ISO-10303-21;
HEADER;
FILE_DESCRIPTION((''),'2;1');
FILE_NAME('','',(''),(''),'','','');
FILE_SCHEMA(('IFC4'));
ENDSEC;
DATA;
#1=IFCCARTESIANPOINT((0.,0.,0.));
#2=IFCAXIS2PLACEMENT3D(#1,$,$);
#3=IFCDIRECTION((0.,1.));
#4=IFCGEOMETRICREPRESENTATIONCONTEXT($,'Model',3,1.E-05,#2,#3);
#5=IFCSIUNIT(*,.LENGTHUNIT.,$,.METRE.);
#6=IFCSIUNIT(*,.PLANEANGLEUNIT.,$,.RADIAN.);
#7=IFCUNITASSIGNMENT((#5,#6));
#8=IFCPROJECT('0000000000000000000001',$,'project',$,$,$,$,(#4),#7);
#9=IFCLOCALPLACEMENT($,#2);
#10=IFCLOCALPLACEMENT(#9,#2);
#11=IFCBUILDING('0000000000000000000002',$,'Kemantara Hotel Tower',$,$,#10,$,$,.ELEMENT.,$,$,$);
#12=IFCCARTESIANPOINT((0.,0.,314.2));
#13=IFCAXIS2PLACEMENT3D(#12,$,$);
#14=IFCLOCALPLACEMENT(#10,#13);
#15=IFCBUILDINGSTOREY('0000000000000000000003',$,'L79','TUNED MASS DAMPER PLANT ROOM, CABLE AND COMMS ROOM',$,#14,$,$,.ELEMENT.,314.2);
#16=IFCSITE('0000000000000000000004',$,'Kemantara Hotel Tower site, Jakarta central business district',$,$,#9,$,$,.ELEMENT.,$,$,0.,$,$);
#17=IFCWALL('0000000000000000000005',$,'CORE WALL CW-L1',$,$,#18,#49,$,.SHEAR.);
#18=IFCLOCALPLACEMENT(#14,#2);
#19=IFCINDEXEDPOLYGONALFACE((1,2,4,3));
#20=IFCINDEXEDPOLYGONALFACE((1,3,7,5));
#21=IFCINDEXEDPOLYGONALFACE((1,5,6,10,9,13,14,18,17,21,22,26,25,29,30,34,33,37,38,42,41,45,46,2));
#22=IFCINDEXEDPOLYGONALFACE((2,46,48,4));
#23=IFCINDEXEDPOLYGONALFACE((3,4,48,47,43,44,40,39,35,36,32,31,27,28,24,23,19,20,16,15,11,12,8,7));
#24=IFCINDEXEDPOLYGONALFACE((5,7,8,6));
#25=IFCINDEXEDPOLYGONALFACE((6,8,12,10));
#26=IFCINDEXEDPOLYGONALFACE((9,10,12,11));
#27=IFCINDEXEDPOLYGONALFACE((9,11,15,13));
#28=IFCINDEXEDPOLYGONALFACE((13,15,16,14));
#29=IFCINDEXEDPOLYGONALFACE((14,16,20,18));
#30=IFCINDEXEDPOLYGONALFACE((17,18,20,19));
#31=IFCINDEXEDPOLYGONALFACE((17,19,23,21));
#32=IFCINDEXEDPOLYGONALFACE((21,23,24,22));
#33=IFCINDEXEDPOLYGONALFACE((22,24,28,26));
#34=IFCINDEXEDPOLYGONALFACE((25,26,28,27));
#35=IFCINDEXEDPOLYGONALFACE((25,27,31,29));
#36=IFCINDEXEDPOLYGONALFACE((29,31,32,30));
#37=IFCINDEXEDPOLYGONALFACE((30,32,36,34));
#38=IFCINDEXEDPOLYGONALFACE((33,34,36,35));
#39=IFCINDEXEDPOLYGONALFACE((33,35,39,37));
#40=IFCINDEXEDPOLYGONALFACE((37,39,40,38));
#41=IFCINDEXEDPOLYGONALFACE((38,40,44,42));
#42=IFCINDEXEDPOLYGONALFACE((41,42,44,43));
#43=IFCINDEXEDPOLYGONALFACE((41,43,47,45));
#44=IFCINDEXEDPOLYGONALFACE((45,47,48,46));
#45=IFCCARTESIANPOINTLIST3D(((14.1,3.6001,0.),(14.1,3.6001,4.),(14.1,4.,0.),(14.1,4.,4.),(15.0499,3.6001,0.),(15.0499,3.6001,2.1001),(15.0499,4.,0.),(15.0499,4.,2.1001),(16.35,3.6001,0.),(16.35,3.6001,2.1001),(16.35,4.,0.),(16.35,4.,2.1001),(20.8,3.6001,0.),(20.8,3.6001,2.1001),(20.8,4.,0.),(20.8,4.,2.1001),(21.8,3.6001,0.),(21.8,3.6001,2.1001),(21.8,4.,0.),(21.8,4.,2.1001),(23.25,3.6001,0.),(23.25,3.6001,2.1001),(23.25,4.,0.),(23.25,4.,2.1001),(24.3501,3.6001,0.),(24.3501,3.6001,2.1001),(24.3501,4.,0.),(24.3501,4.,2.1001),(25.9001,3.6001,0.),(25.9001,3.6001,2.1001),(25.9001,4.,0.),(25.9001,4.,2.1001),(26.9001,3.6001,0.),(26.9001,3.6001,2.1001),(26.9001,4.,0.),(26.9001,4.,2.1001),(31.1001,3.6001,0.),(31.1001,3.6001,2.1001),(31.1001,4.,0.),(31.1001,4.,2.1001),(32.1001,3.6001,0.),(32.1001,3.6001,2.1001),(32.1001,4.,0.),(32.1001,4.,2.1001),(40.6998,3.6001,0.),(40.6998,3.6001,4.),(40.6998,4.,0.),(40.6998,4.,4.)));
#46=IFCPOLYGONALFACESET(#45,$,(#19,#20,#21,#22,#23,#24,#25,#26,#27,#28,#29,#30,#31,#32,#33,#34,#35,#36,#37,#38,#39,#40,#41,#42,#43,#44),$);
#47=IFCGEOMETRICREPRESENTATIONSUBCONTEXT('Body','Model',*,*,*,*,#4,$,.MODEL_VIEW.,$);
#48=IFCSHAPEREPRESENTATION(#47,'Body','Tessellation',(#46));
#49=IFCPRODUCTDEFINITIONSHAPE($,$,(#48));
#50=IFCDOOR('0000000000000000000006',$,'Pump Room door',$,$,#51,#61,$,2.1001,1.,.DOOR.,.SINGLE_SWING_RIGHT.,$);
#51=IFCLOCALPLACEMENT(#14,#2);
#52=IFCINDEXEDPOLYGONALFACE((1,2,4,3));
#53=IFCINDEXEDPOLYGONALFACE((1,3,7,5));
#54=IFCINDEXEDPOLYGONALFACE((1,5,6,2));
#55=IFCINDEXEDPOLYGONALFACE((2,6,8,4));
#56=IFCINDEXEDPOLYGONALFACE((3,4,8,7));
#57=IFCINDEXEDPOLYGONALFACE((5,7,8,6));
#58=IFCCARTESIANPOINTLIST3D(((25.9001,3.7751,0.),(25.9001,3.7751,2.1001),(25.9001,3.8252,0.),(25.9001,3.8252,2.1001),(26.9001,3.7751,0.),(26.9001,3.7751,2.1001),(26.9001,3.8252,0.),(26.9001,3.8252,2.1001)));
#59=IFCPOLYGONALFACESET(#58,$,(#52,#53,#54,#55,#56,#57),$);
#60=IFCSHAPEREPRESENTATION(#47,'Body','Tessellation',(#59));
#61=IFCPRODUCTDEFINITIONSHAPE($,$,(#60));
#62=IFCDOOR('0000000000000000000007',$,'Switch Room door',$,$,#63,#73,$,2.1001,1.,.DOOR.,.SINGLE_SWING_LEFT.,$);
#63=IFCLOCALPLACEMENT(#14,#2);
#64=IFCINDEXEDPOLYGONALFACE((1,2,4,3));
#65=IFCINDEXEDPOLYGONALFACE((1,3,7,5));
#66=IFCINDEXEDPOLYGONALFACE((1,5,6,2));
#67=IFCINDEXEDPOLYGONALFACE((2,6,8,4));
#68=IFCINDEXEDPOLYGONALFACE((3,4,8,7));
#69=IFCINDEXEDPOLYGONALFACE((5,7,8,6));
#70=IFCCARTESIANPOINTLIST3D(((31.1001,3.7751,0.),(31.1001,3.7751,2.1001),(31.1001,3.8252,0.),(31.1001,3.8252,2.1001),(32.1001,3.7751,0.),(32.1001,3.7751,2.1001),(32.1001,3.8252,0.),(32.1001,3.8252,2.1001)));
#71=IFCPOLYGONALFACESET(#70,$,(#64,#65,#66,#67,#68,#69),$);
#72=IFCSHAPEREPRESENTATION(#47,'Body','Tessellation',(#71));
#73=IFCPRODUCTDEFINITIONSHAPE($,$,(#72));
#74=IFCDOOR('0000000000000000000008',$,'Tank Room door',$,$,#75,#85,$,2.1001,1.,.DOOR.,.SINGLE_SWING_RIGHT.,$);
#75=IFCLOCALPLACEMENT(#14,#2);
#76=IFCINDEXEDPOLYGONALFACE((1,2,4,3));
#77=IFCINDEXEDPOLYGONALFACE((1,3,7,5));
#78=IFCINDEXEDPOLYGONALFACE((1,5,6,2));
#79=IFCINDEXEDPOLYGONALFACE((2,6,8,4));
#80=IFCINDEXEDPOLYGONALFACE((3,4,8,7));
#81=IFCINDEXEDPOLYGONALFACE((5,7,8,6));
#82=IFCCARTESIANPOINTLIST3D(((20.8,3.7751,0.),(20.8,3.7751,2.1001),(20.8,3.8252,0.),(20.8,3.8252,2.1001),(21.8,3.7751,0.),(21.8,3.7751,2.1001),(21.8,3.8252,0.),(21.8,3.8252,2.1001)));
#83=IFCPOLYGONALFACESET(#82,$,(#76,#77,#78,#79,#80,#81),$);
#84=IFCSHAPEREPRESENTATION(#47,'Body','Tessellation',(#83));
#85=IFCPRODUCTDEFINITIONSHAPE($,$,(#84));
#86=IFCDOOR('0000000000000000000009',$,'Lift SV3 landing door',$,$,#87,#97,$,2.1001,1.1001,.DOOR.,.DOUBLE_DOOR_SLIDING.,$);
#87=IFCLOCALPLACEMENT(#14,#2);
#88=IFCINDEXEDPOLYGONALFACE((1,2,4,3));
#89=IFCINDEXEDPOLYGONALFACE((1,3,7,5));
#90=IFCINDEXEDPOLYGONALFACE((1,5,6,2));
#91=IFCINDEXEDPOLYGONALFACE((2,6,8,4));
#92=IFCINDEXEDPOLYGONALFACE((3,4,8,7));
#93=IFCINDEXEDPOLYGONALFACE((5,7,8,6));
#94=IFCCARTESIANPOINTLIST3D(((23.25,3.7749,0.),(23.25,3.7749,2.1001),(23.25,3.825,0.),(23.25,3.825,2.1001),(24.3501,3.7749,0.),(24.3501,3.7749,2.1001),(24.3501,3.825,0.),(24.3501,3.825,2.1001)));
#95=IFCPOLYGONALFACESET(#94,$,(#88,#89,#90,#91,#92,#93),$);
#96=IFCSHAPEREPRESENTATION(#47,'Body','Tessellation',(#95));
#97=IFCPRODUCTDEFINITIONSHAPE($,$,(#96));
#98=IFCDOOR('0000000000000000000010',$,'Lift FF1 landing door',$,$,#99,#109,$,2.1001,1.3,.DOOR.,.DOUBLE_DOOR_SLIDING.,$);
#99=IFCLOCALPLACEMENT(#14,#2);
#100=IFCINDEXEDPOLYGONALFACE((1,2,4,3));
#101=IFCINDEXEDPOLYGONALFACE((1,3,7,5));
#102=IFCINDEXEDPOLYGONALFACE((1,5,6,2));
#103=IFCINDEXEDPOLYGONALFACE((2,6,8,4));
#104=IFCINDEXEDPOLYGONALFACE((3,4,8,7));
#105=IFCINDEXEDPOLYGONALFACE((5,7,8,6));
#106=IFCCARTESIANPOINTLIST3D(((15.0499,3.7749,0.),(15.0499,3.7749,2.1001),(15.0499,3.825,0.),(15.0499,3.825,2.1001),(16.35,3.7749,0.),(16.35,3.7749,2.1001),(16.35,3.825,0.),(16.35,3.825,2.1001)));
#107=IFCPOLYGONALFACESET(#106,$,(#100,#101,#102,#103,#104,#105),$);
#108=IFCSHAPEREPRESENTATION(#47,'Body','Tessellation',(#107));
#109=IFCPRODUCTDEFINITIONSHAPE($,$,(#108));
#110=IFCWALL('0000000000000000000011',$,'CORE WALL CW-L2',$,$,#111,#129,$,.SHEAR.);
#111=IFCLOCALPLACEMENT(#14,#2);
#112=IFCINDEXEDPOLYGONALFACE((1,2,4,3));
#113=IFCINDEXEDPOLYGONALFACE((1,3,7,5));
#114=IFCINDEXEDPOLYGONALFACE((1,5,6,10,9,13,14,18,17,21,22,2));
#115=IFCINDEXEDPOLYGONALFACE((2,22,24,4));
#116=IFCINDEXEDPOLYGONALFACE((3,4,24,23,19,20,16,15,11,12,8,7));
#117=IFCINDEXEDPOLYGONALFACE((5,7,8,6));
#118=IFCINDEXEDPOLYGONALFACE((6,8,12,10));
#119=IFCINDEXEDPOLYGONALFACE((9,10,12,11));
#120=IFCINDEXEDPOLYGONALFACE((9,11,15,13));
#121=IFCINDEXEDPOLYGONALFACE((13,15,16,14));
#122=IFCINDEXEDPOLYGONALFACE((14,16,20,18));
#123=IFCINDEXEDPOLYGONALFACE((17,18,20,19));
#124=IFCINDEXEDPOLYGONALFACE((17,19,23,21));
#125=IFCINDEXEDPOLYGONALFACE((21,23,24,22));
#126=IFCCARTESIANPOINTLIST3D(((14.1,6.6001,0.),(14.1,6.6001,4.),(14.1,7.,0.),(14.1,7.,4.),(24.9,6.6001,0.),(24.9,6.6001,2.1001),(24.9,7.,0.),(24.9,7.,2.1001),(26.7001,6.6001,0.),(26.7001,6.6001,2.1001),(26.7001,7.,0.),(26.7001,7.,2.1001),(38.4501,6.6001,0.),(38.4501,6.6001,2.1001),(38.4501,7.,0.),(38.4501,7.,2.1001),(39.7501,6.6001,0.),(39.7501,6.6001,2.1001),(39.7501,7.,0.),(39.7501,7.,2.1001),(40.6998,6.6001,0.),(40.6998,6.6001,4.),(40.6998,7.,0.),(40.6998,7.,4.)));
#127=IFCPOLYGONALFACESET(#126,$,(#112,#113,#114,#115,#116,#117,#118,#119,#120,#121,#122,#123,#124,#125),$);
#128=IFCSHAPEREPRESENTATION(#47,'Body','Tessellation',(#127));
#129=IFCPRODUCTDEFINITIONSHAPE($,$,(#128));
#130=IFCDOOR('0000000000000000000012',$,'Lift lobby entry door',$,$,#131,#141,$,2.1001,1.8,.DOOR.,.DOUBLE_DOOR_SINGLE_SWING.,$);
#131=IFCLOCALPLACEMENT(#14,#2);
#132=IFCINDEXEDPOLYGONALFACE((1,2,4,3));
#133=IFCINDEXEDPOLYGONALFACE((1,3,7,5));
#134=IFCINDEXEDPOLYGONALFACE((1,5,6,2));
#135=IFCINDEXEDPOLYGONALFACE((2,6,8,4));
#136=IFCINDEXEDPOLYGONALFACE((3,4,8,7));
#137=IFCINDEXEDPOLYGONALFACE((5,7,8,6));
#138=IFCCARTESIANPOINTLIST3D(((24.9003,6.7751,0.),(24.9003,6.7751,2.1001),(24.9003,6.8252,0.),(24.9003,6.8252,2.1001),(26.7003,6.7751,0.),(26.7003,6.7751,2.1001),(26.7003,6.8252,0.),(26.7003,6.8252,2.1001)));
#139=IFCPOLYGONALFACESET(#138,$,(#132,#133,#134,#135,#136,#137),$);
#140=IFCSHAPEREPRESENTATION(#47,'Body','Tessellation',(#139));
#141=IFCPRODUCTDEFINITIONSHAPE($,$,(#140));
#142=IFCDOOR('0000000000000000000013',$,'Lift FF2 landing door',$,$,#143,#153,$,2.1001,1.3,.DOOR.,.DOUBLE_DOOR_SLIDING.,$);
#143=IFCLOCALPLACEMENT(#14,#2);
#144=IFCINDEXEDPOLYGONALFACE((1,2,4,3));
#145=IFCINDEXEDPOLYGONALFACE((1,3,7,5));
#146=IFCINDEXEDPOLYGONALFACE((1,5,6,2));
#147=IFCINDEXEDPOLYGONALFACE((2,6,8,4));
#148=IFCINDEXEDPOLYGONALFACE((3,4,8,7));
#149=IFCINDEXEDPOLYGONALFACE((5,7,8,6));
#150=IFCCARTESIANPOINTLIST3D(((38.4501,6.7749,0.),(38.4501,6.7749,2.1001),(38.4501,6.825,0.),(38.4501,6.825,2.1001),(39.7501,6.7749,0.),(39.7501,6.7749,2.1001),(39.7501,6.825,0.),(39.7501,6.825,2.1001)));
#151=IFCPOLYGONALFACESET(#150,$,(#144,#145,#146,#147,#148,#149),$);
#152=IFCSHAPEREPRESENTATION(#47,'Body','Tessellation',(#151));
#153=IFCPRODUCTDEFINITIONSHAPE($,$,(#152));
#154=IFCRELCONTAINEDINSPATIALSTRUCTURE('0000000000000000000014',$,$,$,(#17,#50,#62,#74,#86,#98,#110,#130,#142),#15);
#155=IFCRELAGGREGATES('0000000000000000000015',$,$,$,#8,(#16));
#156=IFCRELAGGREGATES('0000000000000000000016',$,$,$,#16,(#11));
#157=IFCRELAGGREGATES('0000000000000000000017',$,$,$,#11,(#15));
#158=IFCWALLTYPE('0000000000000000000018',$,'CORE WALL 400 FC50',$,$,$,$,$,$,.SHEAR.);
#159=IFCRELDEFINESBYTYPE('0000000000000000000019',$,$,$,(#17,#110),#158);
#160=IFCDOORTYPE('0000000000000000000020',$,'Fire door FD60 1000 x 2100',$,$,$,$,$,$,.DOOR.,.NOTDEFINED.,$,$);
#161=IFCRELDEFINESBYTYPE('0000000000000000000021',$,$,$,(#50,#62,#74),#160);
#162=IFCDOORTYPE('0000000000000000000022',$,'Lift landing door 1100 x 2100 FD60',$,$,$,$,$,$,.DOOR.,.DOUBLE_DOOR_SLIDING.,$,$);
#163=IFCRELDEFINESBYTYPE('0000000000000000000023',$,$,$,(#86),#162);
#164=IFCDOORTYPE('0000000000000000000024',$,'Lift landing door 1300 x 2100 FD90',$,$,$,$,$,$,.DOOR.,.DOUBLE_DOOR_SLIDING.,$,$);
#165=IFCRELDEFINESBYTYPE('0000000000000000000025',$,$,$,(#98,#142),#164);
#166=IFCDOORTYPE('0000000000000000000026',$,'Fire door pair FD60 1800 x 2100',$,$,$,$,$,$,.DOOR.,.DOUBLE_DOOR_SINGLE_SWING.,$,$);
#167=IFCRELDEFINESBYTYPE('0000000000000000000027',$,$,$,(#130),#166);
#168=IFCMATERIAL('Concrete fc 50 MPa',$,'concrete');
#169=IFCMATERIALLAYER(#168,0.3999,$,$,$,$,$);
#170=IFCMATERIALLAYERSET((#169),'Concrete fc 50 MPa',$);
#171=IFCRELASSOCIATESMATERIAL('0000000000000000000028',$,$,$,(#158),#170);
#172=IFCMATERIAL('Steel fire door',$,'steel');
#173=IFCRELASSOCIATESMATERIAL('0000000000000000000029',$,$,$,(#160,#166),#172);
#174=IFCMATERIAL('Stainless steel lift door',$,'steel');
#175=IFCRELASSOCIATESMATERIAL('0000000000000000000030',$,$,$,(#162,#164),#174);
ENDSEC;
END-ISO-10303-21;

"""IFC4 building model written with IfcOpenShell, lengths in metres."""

from ifc_helpers import new_model, si_unit, direction, frame, frame_2d, origin, place, context, subcontext, project, spatial, rectangle, extrude, material, layer, layer_set, type_object, element, fill, save


model = new_model("IFC4")

# Units and contexts
model_context = context("Model", 3, precision=1e-05, world=origin(), true_north=direction((0.0, 1.0)))
body_context = subcontext(model_context, "Body", "Model", "MODEL_VIEW")
ifc_project = project(units=[si_unit("LENGTHUNIT", "METRE"), si_unit("PLANEANGLEUNIT", "RADIAN")], contexts=[model_context])

# Site, building, storey
site_placement = place(None, origin())
site = spatial("IfcSite", under=ifc_project, at=site_placement, Name="Kemantara Hotel Tower site, Jakarta central business district", CompositionType="ELEMENT", RefElevation=0.0)
building_placement = place(site_placement, origin())
building = spatial("IfcBuilding", under=site, at=building_placement, Name="Kemantara Hotel Tower", CompositionType="ELEMENT")
storey_placement = place(building_placement, frame((0.0, 0.0, 314.2)))
storey = spatial("IfcBuildingStorey", under=building, at=storey_placement, Name="L79", Description="TUNED MASS DAMPER PLANT ROOM, CABLE AND COMMS ROOM", CompositionType="ELEMENT", Elevation=314.2)

# Shared definitions
ifc_material_1 = material(Name="Concrete fc 50 MPa", Category="concrete")

# Walls, openings, doors
ifc_layer_1 = layer(ifc_material_1, 0.3999)
ifc_layer_set_1 = layer_set([ifc_layer_1], Name="Concrete fc 50 MPa")
wall_type_1 = type_object("IfcWallType", Name="CORE WALL 400 FC50", PredefinedType="SHEAR", material=ifc_layer_set_1)
ifc_material_2 = material(Name="Steel fire door", Category="steel")
door_type_1 = type_object("IfcDoorType", Name="Fire door FD60 1000 x 2100", OperationType="NOTDEFINED", PredefinedType="DOOR", material=ifc_material_2)
wall_1_placement = place(storey_placement, frame((14.1001, 3.8, 0.0), z_axis=(0.0, 0.0, 1.0), x_axis=(1.0, 0.0, 0.0)))
wall_1 = element("IfcWall", 1, at=wall_1_placement, inside=storey, type_object=wall_type_1, Name="CORE WALL CW-L1", PredefinedType="SHEAR", context=body_context, shape_type="SweptSolid", body=[
    extrude(rectangle(XDim=26.5999, YDim=0.3999, at=frame_2d((13.2998, 0.0))), origin(), (0.0, 0.0, 1.0), 4.0),
])
opening_1_placement = place(wall_1_placement, frame((0.95, 0.0, 0.0)))
opening_1 = element("IfcOpeningElement", 2, at=opening_1_placement, cuts=wall_1, PredefinedType="OPENING", context=body_context, shape_type="SweptSolid", body=[
    extrude(rectangle(XDim=1.3, YDim=2.1001, at=frame_2d((0.6499, 1.05))), frame((0.0, 0.21, 0.0), z_axis=(0.0, -1.0, 0.0), x_axis=(1.0, 0.0, 0.0)), (0.0, 0.0, 1.0), 0.4199),
])
opening_2_placement = place(wall_1_placement, frame((9.1499, 0.0, 0.0)))
opening_2 = element("IfcOpeningElement", 3, at=opening_2_placement, cuts=wall_1, PredefinedType="OPENING", context=body_context, shape_type="SweptSolid", body=[
    extrude(rectangle(XDim=1.1001, YDim=2.1001, at=frame_2d((0.55, 1.05))), frame((0.0, 0.21, 0.0), z_axis=(0.0, -1.0, 0.0), x_axis=(1.0, 0.0, 0.0)), (0.0, 0.0, 1.0), 0.4199),
])
opening_3_placement = place(wall_1_placement, frame((11.8, 0.0, 0.0)))
opening_3 = element("IfcOpeningElement", 4, at=opening_3_placement, cuts=wall_1, PredefinedType="OPENING", context=body_context, shape_type="SweptSolid", body=[
    extrude(rectangle(XDim=1.0, YDim=2.1001, at=frame_2d((0.5, 1.05))), frame((0.0, 0.21, 0.0), z_axis=(0.0, -1.0, 0.0), x_axis=(1.0, 0.0, 0.0)), (0.0, 0.0, 1.0), 0.4199),
])
opening_4_placement = place(wall_1_placement, frame((17.0, 0.0, 0.0)))
opening_4 = element("IfcOpeningElement", 5, at=opening_4_placement, cuts=wall_1, PredefinedType="OPENING", context=body_context, shape_type="SweptSolid", body=[
    extrude(rectangle(XDim=1.0, YDim=2.1001, at=frame_2d((0.5, 1.05))), frame((0.0, 0.21, 0.0), z_axis=(0.0, -1.0, 0.0), x_axis=(1.0, 0.0, 0.0)), (0.0, 0.0, 1.0), 0.4199),
])
opening_5_placement = place(wall_1_placement, frame((6.7, 0.0, 0.0)))
opening_5 = element("IfcOpeningElement", 6, at=opening_5_placement, cuts=wall_1, PredefinedType="OPENING", context=body_context, shape_type="SweptSolid", body=[
    extrude(rectangle(XDim=1.0, YDim=2.1001, at=frame_2d((0.5, 1.05))), frame((0.0, 0.21, 0.0), z_axis=(0.0, -1.0, 0.0), x_axis=(1.0, 0.0, 0.0)), (0.0, 0.0, 1.0), 0.4199),
])
door_1_placement = place(opening_3_placement, frame((1.0, 0.0, 0.0), z_axis=(0.0, 0.0, 1.0), x_axis=(-1.0, 0.0, 0.0)))
door_1 = element("IfcDoor", 7, at=door_1_placement, inside=storey, type_object=door_type_1, Name="Pump Room door", OperationType="SINGLE_SWING_RIGHT", OverallHeight=2.1001, OverallWidth=1.0, PredefinedType="DOOR", context=body_context, shape_type="SweptSolid", body=[
    extrude(rectangle(XDim=1.0, YDim=2.1001, at=frame_2d((0.5, 1.05))), frame((0.0, 0.0249, 0.0), z_axis=(0.0, -1.0, 0.0), x_axis=(1.0, 0.0, 0.0)), (0.0, 0.0, 1.0), 0.05),
])
fill(opening_3, door_1)
door_2_placement = place(opening_4_placement, frame((1.0, 0.0, 0.0), z_axis=(0.0, 0.0, 1.0), x_axis=(-1.0, 0.0, 0.0)))
door_2 = element("IfcDoor", 8, at=door_2_placement, inside=storey, type_object=door_type_1, Name="Switch Room door", OperationType="SINGLE_SWING_LEFT", OverallHeight=2.1001, OverallWidth=1.0, PredefinedType="DOOR", context=body_context, shape_type="SweptSolid", body=[
    extrude(rectangle(XDim=1.0, YDim=2.1001, at=frame_2d((0.5, 1.05))), frame((0.0, 0.0249, 0.0), z_axis=(0.0, -1.0, 0.0), x_axis=(1.0, 0.0, 0.0)), (0.0, 0.0, 1.0), 0.05),
])
fill(opening_4, door_2)
door_3_placement = place(opening_5_placement, frame((1.0, 0.0, 0.0), z_axis=(0.0, 0.0, 1.0), x_axis=(-1.0, 0.0, 0.0)))
door_3 = element("IfcDoor", 9, at=door_3_placement, inside=storey, type_object=door_type_1, Name="Tank Room door", OperationType="SINGLE_SWING_RIGHT", OverallHeight=2.1001, OverallWidth=1.0, PredefinedType="DOOR", context=body_context, shape_type="SweptSolid", body=[
    extrude(rectangle(XDim=1.0, YDim=2.1001, at=frame_2d((0.5, 1.05))), frame((0.0, 0.0249, 0.0), z_axis=(0.0, -1.0, 0.0), x_axis=(1.0, 0.0, 0.0)), (0.0, 0.0, 1.0), 0.05),
])
fill(opening_5, door_3)
ifc_material_3 = material(Name="Stainless steel lift door", Category="steel")
door_type_2 = type_object("IfcDoorType", Name="Lift landing door 1100 x 2100 FD60", OperationType="DOUBLE_DOOR_SLIDING", PredefinedType="DOOR", material=ifc_material_3)
door_4_placement = place(opening_2_placement, origin())
door_4 = element("IfcDoor", 10, at=door_4_placement, inside=storey, type_object=door_type_2, Name="Lift SV3 landing door", OperationType="DOUBLE_DOOR_SLIDING", OverallHeight=2.1001, OverallWidth=1.1001, PredefinedType="DOOR", context=body_context, shape_type="SweptSolid", body=[
    extrude(rectangle(XDim=1.1001, YDim=2.1001, at=frame_2d((0.55, 1.05))), frame((0.0, 0.0249, 0.0), z_axis=(0.0, -1.0, 0.0), x_axis=(1.0, 0.0, 0.0)), (0.0, 0.0, 1.0), 0.05),
])
fill(opening_2, door_4)
door_type_3 = type_object("IfcDoorType", Name="Lift landing door 1300 x 2100 FD90", OperationType="DOUBLE_DOOR_SLIDING", PredefinedType="DOOR", material=ifc_material_3)
door_5_placement = place(opening_1_placement, origin())
door_5 = element("IfcDoor", 11, at=door_5_placement, inside=storey, type_object=door_type_3, Name="Lift FF1 landing door", OperationType="DOUBLE_DOOR_SLIDING", OverallHeight=2.1001, OverallWidth=1.3, PredefinedType="DOOR", context=body_context, shape_type="SweptSolid", body=[
    extrude(rectangle(XDim=1.3, YDim=2.1001, at=frame_2d((0.6499, 1.05))), frame((0.0, 0.0249, 0.0), z_axis=(0.0, -1.0, 0.0), x_axis=(1.0, 0.0, 0.0)), (0.0, 0.0, 1.0), 0.05),
])
fill(opening_1, door_5)
wall_2_placement = place(storey_placement, frame((14.1001, 6.8, 0.0), z_axis=(0.0, 0.0, 1.0), x_axis=(1.0, 0.0, 0.0)))
wall_2 = element("IfcWall", 12, at=wall_2_placement, inside=storey, type_object=wall_type_1, Name="CORE WALL CW-L2", PredefinedType="SHEAR", context=body_context, shape_type="SweptSolid", body=[
    extrude(rectangle(XDim=26.5999, YDim=0.3999, at=frame_2d((13.2998, 0.0))), origin(), (0.0, 0.0, 1.0), 4.0),
])
opening_6_placement = place(wall_2_placement, frame((10.8, 0.0, 0.0)))
opening_6 = element("IfcOpeningElement", 13, at=opening_6_placement, cuts=wall_2, PredefinedType="OPENING", context=body_context, shape_type="SweptSolid", body=[
    extrude(rectangle(XDim=1.8, YDim=2.1001, at=frame_2d((0.8999, 1.05))), frame((0.0, 0.21, 0.0), z_axis=(0.0, -1.0, 0.0), x_axis=(1.0, 0.0, 0.0)), (0.0, 0.0, 1.0), 0.4199),
])
opening_7_placement = place(wall_2_placement, frame((24.3501, 0.0, 0.0)))
opening_7 = element("IfcOpeningElement", 14, at=opening_7_placement, cuts=wall_2, PredefinedType="OPENING", context=body_context, shape_type="SweptSolid", body=[
    extrude(rectangle(XDim=1.3, YDim=2.1001, at=frame_2d((0.6499, 1.05))), frame((0.0, 0.21, 0.0), z_axis=(0.0, -1.0, 0.0), x_axis=(1.0, 0.0, 0.0)), (0.0, 0.0, 1.0), 0.4199),
])
door_type_4 = type_object("IfcDoorType", Name="Fire door pair FD60 1800 x 2100", OperationType="DOUBLE_DOOR_SINGLE_SWING", PredefinedType="DOOR", material=ifc_material_2)
door_6_placement = place(opening_6_placement, frame((1.8, 0.0, 0.0), z_axis=(0.0, 0.0, 1.0), x_axis=(-1.0, 0.0, 0.0)))
door_6 = element("IfcDoor", 15, at=door_6_placement, inside=storey, type_object=door_type_4, Name="Lift lobby entry door", OperationType="DOUBLE_DOOR_SINGLE_SWING", OverallHeight=2.1001, OverallWidth=1.8, PredefinedType="DOOR", context=body_context, shape_type="SweptSolid", body=[
    extrude(rectangle(XDim=1.8, YDim=2.1001, at=frame_2d((0.8999, 1.05))), frame((0.0, 0.0249, 0.0), z_axis=(0.0, -1.0, 0.0), x_axis=(1.0, 0.0, 0.0)), (0.0, 0.0, 1.0), 0.05),
])
fill(opening_6, door_6)
door_7_placement = place(opening_7_placement, origin())
door_7 = element("IfcDoor", 16, at=door_7_placement, inside=storey, type_object=door_type_3, Name="Lift FF2 landing door", OperationType="DOUBLE_DOOR_SLIDING", OverallHeight=2.1001, OverallWidth=1.3, PredefinedType="DOOR", context=body_context, shape_type="SweptSolid", body=[
    extrude(rectangle(XDim=1.3, YDim=2.1001, at=frame_2d((0.6499, 1.05))), frame((0.0, 0.0249, 0.0), z_axis=(0.0, -1.0, 0.0), x_axis=(1.0, 0.0, 0.0)), (0.0, 0.0, 1.0), 0.05),
])
fill(opening_7, door_7)

save(model, "model.ifc")
